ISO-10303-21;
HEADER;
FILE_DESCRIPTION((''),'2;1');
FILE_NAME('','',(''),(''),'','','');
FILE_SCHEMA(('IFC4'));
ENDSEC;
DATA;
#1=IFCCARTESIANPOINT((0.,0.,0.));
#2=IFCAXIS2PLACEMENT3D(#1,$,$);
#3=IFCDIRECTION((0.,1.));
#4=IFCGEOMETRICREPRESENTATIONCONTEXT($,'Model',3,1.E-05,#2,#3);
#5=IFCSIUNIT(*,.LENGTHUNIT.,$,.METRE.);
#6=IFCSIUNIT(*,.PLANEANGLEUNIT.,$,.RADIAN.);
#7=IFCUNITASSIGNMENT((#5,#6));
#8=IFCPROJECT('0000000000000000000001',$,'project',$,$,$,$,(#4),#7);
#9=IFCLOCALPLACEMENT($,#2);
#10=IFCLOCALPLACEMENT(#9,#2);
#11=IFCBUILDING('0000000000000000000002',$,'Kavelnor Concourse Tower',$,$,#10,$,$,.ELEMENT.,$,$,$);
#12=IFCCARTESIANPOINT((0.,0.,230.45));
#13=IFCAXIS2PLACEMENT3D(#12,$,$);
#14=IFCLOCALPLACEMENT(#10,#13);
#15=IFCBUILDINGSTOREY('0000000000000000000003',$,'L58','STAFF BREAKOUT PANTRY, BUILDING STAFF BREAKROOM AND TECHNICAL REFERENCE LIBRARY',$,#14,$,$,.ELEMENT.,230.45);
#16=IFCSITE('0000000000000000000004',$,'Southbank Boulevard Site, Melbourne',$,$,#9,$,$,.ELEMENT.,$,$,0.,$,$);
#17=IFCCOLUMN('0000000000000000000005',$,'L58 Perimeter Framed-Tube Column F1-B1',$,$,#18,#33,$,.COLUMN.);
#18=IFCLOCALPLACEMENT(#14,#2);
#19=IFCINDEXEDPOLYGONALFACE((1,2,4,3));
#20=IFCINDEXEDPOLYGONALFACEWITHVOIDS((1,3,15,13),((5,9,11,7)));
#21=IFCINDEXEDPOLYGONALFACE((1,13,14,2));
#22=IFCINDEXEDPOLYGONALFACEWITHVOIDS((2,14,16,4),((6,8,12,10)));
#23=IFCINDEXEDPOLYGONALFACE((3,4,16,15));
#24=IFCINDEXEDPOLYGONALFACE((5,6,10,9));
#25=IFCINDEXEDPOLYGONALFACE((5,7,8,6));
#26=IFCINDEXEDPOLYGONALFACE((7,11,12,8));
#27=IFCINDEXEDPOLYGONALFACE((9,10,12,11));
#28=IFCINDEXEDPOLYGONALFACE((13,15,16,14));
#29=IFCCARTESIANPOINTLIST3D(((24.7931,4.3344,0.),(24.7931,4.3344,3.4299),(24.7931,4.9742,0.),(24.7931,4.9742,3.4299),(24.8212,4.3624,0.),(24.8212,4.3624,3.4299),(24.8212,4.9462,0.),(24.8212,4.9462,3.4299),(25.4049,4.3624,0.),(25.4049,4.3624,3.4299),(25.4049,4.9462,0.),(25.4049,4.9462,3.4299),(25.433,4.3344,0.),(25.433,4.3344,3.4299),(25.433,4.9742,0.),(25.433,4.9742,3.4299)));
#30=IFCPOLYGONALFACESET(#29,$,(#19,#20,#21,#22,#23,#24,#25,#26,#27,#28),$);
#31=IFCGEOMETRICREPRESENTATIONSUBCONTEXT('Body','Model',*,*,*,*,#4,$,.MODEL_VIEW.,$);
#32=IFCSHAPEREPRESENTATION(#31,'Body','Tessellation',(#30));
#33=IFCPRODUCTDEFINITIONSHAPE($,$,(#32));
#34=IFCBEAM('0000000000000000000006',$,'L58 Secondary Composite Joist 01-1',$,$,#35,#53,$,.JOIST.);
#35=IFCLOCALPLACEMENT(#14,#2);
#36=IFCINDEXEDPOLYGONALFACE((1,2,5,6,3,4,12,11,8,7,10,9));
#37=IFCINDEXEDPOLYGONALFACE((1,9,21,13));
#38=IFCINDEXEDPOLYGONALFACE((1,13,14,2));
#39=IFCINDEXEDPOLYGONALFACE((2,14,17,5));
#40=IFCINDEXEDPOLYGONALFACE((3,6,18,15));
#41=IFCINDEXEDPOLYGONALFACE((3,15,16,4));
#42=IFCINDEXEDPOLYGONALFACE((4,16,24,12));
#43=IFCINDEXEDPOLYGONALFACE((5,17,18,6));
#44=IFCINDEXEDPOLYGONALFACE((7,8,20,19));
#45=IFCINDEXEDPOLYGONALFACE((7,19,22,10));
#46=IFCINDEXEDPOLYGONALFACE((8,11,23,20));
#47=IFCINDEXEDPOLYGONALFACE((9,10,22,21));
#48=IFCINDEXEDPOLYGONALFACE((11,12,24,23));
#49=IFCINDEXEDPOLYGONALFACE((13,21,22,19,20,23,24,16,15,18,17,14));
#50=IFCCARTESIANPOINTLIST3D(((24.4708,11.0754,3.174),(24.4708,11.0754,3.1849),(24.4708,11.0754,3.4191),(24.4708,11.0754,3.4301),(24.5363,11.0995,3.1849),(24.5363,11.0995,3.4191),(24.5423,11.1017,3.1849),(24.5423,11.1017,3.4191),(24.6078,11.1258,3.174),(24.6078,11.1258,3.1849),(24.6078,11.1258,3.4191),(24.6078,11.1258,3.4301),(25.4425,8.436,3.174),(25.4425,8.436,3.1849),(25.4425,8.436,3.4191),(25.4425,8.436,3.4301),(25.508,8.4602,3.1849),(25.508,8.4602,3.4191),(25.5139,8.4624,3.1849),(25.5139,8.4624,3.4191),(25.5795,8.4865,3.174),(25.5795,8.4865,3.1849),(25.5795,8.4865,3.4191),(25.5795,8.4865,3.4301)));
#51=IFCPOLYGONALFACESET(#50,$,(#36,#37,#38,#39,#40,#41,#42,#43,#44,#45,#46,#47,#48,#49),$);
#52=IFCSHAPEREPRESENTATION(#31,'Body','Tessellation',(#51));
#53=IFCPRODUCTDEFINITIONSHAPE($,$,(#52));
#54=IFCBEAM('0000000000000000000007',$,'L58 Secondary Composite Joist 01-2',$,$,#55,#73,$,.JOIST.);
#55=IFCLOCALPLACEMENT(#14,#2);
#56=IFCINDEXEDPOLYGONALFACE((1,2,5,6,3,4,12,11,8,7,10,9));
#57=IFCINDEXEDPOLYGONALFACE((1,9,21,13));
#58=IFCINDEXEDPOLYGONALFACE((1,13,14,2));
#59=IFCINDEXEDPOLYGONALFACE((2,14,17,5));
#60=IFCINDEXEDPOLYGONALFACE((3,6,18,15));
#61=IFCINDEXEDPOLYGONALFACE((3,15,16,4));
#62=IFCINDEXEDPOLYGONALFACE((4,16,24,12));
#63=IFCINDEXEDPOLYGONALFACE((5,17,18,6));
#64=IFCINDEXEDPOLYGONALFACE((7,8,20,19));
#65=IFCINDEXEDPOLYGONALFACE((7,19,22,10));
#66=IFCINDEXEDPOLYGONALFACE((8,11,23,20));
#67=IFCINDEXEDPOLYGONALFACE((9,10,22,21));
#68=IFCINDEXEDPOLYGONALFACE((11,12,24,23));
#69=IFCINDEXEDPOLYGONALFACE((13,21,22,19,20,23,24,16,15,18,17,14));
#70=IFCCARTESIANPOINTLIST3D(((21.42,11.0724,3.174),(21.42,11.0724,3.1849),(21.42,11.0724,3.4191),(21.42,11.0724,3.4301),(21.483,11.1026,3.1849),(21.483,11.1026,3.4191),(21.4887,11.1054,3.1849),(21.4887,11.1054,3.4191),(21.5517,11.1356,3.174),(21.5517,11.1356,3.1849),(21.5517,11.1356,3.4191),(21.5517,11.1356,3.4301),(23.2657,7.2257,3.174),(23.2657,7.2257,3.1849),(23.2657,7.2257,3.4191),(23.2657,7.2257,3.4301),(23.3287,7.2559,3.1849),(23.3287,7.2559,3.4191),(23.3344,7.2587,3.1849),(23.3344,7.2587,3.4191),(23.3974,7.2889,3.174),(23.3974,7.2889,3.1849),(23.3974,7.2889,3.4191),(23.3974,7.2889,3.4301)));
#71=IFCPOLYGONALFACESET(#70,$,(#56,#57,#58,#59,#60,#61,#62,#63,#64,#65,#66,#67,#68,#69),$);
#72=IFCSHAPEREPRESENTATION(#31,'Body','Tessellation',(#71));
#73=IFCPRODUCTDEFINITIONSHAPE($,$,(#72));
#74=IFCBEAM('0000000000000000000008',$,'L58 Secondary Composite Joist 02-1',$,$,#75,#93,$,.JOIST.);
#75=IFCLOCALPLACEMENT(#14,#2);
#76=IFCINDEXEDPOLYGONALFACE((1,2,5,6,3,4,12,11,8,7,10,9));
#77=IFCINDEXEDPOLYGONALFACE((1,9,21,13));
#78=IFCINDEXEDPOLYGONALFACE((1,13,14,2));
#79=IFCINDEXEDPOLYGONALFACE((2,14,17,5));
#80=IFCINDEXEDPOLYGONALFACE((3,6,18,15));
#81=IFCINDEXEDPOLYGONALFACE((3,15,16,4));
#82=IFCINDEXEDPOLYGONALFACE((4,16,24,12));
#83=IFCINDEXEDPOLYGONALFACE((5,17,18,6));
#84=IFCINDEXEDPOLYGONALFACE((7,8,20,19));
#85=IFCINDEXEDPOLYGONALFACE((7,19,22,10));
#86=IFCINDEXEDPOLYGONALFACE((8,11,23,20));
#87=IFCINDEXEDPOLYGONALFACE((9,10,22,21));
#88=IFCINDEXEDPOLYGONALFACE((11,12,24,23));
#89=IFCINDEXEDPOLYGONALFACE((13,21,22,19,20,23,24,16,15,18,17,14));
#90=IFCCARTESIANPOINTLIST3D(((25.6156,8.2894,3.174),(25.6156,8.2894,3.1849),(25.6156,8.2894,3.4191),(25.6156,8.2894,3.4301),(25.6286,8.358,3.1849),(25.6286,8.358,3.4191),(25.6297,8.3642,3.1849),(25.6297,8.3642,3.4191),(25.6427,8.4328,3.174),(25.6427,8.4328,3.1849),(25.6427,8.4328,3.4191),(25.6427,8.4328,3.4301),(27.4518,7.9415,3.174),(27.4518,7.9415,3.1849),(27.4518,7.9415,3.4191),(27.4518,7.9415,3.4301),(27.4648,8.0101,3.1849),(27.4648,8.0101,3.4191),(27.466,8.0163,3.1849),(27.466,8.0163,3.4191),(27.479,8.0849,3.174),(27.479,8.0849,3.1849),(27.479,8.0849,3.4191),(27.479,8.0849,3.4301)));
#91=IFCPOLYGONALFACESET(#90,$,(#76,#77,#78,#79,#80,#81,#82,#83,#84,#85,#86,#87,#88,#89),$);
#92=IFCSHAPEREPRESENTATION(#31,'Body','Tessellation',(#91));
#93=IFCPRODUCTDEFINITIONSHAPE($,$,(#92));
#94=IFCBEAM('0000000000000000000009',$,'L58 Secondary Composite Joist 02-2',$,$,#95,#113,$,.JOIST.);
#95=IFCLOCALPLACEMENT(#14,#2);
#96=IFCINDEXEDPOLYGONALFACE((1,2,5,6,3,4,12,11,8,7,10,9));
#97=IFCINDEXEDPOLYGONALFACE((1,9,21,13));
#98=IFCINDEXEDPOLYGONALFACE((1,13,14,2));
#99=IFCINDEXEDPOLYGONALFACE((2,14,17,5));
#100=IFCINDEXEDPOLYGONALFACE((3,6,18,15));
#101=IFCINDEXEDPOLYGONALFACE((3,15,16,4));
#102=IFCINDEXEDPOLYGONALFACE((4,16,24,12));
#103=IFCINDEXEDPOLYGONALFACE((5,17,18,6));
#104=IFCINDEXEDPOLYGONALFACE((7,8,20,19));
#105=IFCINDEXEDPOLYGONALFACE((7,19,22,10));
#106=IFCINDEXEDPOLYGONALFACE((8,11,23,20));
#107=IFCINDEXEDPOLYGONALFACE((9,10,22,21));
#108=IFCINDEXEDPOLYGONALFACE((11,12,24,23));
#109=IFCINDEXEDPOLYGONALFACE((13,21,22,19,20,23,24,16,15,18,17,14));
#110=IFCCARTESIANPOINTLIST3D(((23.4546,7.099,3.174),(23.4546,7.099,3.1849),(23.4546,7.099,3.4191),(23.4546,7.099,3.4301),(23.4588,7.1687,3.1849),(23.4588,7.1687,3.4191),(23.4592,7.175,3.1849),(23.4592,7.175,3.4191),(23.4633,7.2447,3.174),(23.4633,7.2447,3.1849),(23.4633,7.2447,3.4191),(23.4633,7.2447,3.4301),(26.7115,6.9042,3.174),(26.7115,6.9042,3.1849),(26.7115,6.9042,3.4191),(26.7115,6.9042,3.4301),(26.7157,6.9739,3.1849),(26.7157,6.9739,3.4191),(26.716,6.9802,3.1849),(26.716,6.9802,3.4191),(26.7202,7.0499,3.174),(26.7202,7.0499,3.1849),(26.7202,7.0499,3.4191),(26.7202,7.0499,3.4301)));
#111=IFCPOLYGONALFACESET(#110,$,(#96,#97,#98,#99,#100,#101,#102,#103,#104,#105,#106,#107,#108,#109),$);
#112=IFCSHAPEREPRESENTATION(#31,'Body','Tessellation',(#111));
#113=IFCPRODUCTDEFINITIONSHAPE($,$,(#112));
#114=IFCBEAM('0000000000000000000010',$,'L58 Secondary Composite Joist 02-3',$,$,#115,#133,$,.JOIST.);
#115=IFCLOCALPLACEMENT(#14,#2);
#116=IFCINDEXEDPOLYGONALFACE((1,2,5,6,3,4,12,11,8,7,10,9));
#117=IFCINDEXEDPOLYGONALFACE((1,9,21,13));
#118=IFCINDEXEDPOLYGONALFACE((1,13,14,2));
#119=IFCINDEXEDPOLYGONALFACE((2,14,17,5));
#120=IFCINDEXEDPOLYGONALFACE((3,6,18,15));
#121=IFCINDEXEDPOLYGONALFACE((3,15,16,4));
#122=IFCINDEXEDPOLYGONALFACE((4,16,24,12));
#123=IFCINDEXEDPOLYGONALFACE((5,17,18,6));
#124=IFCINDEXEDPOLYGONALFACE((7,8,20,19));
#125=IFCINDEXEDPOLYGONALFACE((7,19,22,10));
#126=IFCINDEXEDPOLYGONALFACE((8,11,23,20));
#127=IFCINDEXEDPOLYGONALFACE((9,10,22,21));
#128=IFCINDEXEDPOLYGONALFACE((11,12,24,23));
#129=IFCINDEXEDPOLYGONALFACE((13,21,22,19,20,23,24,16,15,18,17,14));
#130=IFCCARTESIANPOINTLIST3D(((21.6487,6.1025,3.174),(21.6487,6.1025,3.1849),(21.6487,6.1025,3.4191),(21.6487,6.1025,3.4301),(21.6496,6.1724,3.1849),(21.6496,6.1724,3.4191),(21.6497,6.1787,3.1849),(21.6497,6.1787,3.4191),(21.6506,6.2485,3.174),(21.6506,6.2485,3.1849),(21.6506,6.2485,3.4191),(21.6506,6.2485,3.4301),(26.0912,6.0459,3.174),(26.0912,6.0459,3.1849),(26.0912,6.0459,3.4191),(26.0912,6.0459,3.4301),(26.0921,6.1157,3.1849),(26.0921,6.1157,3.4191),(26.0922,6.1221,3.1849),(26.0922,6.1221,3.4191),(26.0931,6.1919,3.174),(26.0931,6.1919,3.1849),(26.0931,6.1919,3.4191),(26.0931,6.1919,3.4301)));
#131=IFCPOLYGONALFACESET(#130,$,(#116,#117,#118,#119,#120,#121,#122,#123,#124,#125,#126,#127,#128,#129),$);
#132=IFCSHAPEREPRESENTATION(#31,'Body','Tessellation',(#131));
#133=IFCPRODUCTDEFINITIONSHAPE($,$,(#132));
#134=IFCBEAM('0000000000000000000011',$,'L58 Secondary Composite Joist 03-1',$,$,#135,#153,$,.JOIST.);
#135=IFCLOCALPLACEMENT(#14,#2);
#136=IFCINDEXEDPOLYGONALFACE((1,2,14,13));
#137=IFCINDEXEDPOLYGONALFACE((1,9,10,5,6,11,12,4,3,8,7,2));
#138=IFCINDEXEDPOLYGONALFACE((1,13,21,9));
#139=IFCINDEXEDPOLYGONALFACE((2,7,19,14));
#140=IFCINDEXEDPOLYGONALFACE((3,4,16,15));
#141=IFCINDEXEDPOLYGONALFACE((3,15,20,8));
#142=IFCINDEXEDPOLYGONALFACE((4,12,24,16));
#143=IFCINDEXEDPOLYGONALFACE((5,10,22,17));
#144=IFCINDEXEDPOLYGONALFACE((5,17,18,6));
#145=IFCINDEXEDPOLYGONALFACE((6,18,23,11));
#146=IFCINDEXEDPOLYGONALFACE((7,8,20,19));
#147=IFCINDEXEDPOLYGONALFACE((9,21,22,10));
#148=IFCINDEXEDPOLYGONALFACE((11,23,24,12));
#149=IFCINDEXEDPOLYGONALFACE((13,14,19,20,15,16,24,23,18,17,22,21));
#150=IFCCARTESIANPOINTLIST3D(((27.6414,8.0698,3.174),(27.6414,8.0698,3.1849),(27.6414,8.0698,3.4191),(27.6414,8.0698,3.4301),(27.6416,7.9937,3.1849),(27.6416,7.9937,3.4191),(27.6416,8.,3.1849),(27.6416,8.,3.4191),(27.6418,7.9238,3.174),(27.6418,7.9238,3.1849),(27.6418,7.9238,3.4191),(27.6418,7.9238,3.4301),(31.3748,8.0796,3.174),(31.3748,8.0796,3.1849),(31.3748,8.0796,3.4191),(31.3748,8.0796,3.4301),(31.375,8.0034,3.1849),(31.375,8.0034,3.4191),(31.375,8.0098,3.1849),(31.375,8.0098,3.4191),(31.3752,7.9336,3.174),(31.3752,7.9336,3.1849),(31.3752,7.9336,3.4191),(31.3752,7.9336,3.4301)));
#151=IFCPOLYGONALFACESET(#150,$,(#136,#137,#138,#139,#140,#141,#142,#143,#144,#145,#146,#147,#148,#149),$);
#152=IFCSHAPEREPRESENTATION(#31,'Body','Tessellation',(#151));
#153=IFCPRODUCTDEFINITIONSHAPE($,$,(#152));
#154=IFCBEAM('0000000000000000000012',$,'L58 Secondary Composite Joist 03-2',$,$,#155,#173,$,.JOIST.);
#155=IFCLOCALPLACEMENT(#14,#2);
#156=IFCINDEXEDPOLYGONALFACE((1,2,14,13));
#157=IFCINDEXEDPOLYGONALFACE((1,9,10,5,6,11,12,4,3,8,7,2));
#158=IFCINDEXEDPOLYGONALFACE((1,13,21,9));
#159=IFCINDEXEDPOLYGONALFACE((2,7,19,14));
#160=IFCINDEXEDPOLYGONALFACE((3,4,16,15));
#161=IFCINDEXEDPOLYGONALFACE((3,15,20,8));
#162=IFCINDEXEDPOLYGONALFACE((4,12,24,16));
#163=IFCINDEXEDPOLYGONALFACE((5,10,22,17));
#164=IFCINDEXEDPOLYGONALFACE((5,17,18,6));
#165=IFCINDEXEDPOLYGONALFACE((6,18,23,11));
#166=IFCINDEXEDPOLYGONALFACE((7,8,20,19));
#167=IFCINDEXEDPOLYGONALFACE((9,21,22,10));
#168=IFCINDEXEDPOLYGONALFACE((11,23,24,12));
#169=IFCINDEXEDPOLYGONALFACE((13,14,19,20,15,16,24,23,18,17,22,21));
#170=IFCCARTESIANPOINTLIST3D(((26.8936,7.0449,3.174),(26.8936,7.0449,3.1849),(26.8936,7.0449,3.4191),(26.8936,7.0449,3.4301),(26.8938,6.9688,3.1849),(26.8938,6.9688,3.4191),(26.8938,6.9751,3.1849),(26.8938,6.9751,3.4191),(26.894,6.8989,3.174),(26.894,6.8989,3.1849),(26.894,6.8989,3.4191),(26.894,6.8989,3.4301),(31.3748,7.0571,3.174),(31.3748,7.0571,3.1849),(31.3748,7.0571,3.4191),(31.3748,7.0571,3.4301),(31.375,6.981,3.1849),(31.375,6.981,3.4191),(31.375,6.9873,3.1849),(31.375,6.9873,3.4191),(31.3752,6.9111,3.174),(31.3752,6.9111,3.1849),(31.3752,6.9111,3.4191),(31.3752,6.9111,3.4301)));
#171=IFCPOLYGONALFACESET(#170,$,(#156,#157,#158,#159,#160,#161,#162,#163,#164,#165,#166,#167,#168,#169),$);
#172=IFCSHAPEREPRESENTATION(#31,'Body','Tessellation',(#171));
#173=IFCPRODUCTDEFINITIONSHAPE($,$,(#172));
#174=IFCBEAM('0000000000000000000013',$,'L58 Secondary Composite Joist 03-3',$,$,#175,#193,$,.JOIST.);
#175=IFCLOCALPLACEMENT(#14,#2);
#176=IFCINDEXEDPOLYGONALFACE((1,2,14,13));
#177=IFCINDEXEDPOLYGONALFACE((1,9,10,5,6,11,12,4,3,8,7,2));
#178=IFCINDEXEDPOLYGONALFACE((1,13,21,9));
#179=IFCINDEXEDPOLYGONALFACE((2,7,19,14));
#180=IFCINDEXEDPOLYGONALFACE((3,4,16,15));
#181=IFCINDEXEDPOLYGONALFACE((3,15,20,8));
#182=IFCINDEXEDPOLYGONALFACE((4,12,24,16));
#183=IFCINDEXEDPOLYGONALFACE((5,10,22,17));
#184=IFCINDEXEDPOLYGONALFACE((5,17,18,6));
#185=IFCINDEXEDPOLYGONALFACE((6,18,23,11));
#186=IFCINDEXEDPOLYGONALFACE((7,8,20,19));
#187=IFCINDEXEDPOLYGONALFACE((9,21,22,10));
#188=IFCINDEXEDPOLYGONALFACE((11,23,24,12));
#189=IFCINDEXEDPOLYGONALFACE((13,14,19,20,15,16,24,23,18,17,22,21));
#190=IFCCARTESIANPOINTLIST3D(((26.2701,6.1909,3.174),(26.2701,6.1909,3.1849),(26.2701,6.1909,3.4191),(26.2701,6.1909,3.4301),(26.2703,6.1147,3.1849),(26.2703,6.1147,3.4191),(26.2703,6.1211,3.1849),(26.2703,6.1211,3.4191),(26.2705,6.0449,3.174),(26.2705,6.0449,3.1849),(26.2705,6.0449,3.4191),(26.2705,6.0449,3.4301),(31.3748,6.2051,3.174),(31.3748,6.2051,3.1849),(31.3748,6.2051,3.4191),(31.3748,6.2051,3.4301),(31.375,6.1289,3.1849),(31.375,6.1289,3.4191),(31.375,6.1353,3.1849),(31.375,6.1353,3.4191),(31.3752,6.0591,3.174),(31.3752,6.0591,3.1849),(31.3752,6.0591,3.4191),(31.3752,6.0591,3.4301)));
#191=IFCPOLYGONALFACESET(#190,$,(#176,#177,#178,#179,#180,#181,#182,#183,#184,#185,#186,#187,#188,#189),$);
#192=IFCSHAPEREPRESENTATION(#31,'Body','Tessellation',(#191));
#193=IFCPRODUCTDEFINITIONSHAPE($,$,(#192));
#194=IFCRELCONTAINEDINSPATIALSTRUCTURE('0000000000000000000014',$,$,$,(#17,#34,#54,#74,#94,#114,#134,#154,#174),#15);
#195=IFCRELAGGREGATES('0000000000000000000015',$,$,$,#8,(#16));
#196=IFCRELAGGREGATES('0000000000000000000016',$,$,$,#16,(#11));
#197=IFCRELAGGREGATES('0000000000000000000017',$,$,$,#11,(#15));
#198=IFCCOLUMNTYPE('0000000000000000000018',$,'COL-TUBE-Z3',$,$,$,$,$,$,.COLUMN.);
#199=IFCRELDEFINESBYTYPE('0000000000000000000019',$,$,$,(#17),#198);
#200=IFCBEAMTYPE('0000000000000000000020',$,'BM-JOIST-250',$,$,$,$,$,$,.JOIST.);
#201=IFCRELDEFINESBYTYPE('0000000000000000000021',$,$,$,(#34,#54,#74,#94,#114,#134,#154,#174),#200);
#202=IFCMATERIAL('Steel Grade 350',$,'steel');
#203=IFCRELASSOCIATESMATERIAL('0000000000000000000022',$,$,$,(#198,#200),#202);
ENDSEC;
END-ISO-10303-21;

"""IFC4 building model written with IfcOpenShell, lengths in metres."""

from ifc_helpers import new_model, si_unit, direction, frame, origin, origin_2d, place, context, subcontext, project, spatial, hollow_rectangle, i_section, extrude, material, material_profile, profile_set, type_object, element, save


model = new_model("IFC4")

# Units and contexts
model_context = context("Model", 3, precision=1e-05, world=origin(), true_north=direction((0.0, 1.0)))
body_context = subcontext(model_context, "Body", "Model", "MODEL_VIEW")
ifc_project = project(units=[si_unit("LENGTHUNIT", "METRE"), si_unit("PLANEANGLEUNIT", "RADIAN")], contexts=[model_context])

# Site, building, storey
site_placement = place(None, origin())
site = spatial("IfcSite", under=ifc_project, at=site_placement, Name="Southbank Boulevard Site, Melbourne", CompositionType="ELEMENT", RefElevation=0.0)
building_placement = place(site_placement, origin())
building = spatial("IfcBuilding", under=site, at=building_placement, Name="Kavelnor Concourse Tower", CompositionType="ELEMENT")
storey_placement = place(building_placement, frame((0.0, 0.0, 230.45)))
storey = spatial("IfcBuildingStorey", under=building, at=storey_placement, Name="L58", Description="STAFF BREAKOUT PANTRY, BUILDING STAFF BREAKROOM AND TECHNICAL REFERENCE LIBRARY", CompositionType="ELEMENT", Elevation=230.45)

# Column
ifc_material_1 = material(Name="Steel Grade 350", Category="steel")
ifc_material_profile_1 = material_profile(ifc_material_1, hollow_rectangle(XDim=0.6399, YDim=0.6399, WallThickness=0.0281, at=origin_2d()), Name="SHS 640x640x28")
ifc_profile_set_1 = profile_set([ifc_material_profile_1], Name="Steel Grade 350")
column_type = type_object("IfcColumnType", Name="COL-TUBE-Z3", PredefinedType="COLUMN", material=ifc_profile_set_1)
column_placement = place(storey_placement, frame((25.113, 4.6543, 0.0), z_axis=(0.0, 0.0, 1.0), x_axis=(1.0, 0.0, 0.0)))
element("IfcColumn", 1, at=column_placement, inside=storey, type_object=column_type, Name="L58 Perimeter Framed-Tube Column F1-B1", PredefinedType="COLUMN", context=body_context, shape_type="SweptSolid", body=[
    extrude(hollow_rectangle(XDim=0.6399, YDim=0.6399, WallThickness=0.0281, at=origin_2d()), origin(), (0.0, 0.0, 1.0), 3.4299),
])

# Beams
ifc_material_profile_2 = material_profile(ifc_material_1, i_section(OverallWidth=0.146, OverallDepth=0.2561, WebThickness=0.0063, FlangeThickness=0.011, at=origin_2d()), Name="250UB37")
ifc_profile_set_2 = profile_set([ifc_material_profile_2], Name="Steel Grade 350")
beam_type_1 = type_object("IfcBeamType", Name="BM-JOIST-250", PredefinedType="JOIST", material=ifc_profile_set_2)
beam_1_placement = place(storey_placement, frame((24.5393, 11.1006, 3.302), z_axis=(0.345476, -0.938428, 0.0), x_axis=(0.938428, 0.345476, 0.0)))
element("IfcBeam", 2, at=beam_1_placement, inside=storey, type_object=beam_type_1, Name="L58 Secondary Composite Joist 01-1", PredefinedType="JOIST", context=body_context, shape_type="SweptSolid", body=[
    extrude(i_section(OverallWidth=0.146, OverallDepth=0.2561, WebThickness=0.0063, FlangeThickness=0.011, at=origin_2d()), origin(), (0.0, 0.0, 1.0), 2.8125),
])
beam_2_placement = place(storey_placement, frame((21.4858, 11.104, 3.302), z_axis=(0.432597, -0.901587, 0.0), x_axis=(0.901587, 0.432597, 0.0)))
element("IfcBeam", 3, at=beam_2_placement, inside=storey, type_object=beam_type_1, Name="L58 Secondary Composite Joist 01-2", PredefinedType="JOIST", context=body_context, shape_type="SweptSolid", body=[
    extrude(i_section(OverallWidth=0.146, OverallDepth=0.2561, WebThickness=0.0063, FlangeThickness=0.011, at=origin_2d()), origin(), (0.0, 0.0, 1.0), 4.2666),
])
beam_3_placement = place(storey_placement, frame((25.6292, 8.3611, 3.302), z_axis=(0.98252, -0.186158, 0.0), x_axis=(0.186158, 0.98252, 0.0)))
element("IfcBeam", 4, at=beam_3_placement, inside=storey, type_object=beam_type_1, Name="L58 Secondary Composite Joist 02-1", PredefinedType="JOIST", context=body_context, shape_type="SweptSolid", body=[
    extrude(i_section(OverallWidth=0.146, OverallDepth=0.2561, WebThickness=0.0063, FlangeThickness=0.011, at=origin_2d()), origin(), (0.0, 0.0, 1.0), 1.8689),
])
beam_4_placement = place(storey_placement, frame((23.459, 7.1719, 3.302), z_axis=(0.998216, -0.059713, 0.0), x_axis=(0.059713, 0.998216, 0.0)))
element("IfcBeam", 5, at=beam_4_placement, inside=storey, type_object=beam_type_1, Name="L58 Secondary Composite Joist 02-2", PredefinedType="JOIST", context=body_context, shape_type="SweptSolid", body=[
    extrude(i_section(OverallWidth=0.146, OverallDepth=0.2561, WebThickness=0.0063, FlangeThickness=0.011, at=origin_2d()), origin(), (0.0, 0.0, 1.0), 3.2627),
])
beam_5_placement = place(storey_placement, frame((21.6497, 6.1755, 3.302), z_axis=(0.999919, -0.012748, 0.0), x_axis=(0.012748, 0.999919, 0.0)))
element("IfcBeam", 6, at=beam_5_placement, inside=storey, type_object=beam_type_1, Name="L58 Secondary Composite Joist 02-3", PredefinedType="JOIST", context=body_context, shape_type="SweptSolid", body=[
    extrude(i_section(OverallWidth=0.146, OverallDepth=0.2561, WebThickness=0.0063, FlangeThickness=0.011, at=origin_2d()), origin(), (0.0, 0.0, 1.0), 4.4429),
])
beam_6_placement = place(storey_placement, frame((27.6416, 7.9968, 3.302), z_axis=(0.999997, 0.002616, 0.0), x_axis=(-0.002616, 0.999997, 0.0)))
element("IfcBeam", 7, at=beam_6_placement, inside=storey, type_object=beam_type_1, Name="L58 Secondary Composite Joist 03-1", PredefinedType="JOIST", context=body_context, shape_type="SweptSolid", body=[
    extrude(i_section(OverallWidth=0.146, OverallDepth=0.2561, WebThickness=0.0063, FlangeThickness=0.011, at=origin_2d()), origin(), (0.0, 0.0, 1.0), 3.7334),
])
beam_7_placement = place(storey_placement, frame((26.8938, 6.9719, 3.302), z_axis=(0.999996, 0.002724, 0.0), x_axis=(-0.002724, 0.999996, 0.0)))
element("IfcBeam", 8, at=beam_7_placement, inside=storey, type_object=beam_type_1, Name="L58 Secondary Composite Joist 03-2", PredefinedType="JOIST", context=body_context, shape_type="SweptSolid", body=[
    extrude(i_section(OverallWidth=0.146, OverallDepth=0.2561, WebThickness=0.0063, FlangeThickness=0.011, at=origin_2d()), origin(), (0.0, 0.0, 1.0), 4.4812),
])
beam_8_placement = place(storey_placement, frame((26.2703, 6.1179, 3.302), z_axis=(0.999996, 0.002774, 0.0), x_axis=(-0.002774, 0.999996, 0.0)))
element("IfcBeam", 9, at=beam_8_placement, inside=storey, type_object=beam_type_1, Name="L58 Secondary Composite Joist 03-3", PredefinedType="JOIST", context=body_context, shape_type="SweptSolid", body=[
    extrude(i_section(OverallWidth=0.146, OverallDepth=0.2561, WebThickness=0.0063, FlangeThickness=0.011, at=origin_2d()), origin(), (0.0, 0.0, 1.0), 5.1047),
])

save(model, "model.ifc")
